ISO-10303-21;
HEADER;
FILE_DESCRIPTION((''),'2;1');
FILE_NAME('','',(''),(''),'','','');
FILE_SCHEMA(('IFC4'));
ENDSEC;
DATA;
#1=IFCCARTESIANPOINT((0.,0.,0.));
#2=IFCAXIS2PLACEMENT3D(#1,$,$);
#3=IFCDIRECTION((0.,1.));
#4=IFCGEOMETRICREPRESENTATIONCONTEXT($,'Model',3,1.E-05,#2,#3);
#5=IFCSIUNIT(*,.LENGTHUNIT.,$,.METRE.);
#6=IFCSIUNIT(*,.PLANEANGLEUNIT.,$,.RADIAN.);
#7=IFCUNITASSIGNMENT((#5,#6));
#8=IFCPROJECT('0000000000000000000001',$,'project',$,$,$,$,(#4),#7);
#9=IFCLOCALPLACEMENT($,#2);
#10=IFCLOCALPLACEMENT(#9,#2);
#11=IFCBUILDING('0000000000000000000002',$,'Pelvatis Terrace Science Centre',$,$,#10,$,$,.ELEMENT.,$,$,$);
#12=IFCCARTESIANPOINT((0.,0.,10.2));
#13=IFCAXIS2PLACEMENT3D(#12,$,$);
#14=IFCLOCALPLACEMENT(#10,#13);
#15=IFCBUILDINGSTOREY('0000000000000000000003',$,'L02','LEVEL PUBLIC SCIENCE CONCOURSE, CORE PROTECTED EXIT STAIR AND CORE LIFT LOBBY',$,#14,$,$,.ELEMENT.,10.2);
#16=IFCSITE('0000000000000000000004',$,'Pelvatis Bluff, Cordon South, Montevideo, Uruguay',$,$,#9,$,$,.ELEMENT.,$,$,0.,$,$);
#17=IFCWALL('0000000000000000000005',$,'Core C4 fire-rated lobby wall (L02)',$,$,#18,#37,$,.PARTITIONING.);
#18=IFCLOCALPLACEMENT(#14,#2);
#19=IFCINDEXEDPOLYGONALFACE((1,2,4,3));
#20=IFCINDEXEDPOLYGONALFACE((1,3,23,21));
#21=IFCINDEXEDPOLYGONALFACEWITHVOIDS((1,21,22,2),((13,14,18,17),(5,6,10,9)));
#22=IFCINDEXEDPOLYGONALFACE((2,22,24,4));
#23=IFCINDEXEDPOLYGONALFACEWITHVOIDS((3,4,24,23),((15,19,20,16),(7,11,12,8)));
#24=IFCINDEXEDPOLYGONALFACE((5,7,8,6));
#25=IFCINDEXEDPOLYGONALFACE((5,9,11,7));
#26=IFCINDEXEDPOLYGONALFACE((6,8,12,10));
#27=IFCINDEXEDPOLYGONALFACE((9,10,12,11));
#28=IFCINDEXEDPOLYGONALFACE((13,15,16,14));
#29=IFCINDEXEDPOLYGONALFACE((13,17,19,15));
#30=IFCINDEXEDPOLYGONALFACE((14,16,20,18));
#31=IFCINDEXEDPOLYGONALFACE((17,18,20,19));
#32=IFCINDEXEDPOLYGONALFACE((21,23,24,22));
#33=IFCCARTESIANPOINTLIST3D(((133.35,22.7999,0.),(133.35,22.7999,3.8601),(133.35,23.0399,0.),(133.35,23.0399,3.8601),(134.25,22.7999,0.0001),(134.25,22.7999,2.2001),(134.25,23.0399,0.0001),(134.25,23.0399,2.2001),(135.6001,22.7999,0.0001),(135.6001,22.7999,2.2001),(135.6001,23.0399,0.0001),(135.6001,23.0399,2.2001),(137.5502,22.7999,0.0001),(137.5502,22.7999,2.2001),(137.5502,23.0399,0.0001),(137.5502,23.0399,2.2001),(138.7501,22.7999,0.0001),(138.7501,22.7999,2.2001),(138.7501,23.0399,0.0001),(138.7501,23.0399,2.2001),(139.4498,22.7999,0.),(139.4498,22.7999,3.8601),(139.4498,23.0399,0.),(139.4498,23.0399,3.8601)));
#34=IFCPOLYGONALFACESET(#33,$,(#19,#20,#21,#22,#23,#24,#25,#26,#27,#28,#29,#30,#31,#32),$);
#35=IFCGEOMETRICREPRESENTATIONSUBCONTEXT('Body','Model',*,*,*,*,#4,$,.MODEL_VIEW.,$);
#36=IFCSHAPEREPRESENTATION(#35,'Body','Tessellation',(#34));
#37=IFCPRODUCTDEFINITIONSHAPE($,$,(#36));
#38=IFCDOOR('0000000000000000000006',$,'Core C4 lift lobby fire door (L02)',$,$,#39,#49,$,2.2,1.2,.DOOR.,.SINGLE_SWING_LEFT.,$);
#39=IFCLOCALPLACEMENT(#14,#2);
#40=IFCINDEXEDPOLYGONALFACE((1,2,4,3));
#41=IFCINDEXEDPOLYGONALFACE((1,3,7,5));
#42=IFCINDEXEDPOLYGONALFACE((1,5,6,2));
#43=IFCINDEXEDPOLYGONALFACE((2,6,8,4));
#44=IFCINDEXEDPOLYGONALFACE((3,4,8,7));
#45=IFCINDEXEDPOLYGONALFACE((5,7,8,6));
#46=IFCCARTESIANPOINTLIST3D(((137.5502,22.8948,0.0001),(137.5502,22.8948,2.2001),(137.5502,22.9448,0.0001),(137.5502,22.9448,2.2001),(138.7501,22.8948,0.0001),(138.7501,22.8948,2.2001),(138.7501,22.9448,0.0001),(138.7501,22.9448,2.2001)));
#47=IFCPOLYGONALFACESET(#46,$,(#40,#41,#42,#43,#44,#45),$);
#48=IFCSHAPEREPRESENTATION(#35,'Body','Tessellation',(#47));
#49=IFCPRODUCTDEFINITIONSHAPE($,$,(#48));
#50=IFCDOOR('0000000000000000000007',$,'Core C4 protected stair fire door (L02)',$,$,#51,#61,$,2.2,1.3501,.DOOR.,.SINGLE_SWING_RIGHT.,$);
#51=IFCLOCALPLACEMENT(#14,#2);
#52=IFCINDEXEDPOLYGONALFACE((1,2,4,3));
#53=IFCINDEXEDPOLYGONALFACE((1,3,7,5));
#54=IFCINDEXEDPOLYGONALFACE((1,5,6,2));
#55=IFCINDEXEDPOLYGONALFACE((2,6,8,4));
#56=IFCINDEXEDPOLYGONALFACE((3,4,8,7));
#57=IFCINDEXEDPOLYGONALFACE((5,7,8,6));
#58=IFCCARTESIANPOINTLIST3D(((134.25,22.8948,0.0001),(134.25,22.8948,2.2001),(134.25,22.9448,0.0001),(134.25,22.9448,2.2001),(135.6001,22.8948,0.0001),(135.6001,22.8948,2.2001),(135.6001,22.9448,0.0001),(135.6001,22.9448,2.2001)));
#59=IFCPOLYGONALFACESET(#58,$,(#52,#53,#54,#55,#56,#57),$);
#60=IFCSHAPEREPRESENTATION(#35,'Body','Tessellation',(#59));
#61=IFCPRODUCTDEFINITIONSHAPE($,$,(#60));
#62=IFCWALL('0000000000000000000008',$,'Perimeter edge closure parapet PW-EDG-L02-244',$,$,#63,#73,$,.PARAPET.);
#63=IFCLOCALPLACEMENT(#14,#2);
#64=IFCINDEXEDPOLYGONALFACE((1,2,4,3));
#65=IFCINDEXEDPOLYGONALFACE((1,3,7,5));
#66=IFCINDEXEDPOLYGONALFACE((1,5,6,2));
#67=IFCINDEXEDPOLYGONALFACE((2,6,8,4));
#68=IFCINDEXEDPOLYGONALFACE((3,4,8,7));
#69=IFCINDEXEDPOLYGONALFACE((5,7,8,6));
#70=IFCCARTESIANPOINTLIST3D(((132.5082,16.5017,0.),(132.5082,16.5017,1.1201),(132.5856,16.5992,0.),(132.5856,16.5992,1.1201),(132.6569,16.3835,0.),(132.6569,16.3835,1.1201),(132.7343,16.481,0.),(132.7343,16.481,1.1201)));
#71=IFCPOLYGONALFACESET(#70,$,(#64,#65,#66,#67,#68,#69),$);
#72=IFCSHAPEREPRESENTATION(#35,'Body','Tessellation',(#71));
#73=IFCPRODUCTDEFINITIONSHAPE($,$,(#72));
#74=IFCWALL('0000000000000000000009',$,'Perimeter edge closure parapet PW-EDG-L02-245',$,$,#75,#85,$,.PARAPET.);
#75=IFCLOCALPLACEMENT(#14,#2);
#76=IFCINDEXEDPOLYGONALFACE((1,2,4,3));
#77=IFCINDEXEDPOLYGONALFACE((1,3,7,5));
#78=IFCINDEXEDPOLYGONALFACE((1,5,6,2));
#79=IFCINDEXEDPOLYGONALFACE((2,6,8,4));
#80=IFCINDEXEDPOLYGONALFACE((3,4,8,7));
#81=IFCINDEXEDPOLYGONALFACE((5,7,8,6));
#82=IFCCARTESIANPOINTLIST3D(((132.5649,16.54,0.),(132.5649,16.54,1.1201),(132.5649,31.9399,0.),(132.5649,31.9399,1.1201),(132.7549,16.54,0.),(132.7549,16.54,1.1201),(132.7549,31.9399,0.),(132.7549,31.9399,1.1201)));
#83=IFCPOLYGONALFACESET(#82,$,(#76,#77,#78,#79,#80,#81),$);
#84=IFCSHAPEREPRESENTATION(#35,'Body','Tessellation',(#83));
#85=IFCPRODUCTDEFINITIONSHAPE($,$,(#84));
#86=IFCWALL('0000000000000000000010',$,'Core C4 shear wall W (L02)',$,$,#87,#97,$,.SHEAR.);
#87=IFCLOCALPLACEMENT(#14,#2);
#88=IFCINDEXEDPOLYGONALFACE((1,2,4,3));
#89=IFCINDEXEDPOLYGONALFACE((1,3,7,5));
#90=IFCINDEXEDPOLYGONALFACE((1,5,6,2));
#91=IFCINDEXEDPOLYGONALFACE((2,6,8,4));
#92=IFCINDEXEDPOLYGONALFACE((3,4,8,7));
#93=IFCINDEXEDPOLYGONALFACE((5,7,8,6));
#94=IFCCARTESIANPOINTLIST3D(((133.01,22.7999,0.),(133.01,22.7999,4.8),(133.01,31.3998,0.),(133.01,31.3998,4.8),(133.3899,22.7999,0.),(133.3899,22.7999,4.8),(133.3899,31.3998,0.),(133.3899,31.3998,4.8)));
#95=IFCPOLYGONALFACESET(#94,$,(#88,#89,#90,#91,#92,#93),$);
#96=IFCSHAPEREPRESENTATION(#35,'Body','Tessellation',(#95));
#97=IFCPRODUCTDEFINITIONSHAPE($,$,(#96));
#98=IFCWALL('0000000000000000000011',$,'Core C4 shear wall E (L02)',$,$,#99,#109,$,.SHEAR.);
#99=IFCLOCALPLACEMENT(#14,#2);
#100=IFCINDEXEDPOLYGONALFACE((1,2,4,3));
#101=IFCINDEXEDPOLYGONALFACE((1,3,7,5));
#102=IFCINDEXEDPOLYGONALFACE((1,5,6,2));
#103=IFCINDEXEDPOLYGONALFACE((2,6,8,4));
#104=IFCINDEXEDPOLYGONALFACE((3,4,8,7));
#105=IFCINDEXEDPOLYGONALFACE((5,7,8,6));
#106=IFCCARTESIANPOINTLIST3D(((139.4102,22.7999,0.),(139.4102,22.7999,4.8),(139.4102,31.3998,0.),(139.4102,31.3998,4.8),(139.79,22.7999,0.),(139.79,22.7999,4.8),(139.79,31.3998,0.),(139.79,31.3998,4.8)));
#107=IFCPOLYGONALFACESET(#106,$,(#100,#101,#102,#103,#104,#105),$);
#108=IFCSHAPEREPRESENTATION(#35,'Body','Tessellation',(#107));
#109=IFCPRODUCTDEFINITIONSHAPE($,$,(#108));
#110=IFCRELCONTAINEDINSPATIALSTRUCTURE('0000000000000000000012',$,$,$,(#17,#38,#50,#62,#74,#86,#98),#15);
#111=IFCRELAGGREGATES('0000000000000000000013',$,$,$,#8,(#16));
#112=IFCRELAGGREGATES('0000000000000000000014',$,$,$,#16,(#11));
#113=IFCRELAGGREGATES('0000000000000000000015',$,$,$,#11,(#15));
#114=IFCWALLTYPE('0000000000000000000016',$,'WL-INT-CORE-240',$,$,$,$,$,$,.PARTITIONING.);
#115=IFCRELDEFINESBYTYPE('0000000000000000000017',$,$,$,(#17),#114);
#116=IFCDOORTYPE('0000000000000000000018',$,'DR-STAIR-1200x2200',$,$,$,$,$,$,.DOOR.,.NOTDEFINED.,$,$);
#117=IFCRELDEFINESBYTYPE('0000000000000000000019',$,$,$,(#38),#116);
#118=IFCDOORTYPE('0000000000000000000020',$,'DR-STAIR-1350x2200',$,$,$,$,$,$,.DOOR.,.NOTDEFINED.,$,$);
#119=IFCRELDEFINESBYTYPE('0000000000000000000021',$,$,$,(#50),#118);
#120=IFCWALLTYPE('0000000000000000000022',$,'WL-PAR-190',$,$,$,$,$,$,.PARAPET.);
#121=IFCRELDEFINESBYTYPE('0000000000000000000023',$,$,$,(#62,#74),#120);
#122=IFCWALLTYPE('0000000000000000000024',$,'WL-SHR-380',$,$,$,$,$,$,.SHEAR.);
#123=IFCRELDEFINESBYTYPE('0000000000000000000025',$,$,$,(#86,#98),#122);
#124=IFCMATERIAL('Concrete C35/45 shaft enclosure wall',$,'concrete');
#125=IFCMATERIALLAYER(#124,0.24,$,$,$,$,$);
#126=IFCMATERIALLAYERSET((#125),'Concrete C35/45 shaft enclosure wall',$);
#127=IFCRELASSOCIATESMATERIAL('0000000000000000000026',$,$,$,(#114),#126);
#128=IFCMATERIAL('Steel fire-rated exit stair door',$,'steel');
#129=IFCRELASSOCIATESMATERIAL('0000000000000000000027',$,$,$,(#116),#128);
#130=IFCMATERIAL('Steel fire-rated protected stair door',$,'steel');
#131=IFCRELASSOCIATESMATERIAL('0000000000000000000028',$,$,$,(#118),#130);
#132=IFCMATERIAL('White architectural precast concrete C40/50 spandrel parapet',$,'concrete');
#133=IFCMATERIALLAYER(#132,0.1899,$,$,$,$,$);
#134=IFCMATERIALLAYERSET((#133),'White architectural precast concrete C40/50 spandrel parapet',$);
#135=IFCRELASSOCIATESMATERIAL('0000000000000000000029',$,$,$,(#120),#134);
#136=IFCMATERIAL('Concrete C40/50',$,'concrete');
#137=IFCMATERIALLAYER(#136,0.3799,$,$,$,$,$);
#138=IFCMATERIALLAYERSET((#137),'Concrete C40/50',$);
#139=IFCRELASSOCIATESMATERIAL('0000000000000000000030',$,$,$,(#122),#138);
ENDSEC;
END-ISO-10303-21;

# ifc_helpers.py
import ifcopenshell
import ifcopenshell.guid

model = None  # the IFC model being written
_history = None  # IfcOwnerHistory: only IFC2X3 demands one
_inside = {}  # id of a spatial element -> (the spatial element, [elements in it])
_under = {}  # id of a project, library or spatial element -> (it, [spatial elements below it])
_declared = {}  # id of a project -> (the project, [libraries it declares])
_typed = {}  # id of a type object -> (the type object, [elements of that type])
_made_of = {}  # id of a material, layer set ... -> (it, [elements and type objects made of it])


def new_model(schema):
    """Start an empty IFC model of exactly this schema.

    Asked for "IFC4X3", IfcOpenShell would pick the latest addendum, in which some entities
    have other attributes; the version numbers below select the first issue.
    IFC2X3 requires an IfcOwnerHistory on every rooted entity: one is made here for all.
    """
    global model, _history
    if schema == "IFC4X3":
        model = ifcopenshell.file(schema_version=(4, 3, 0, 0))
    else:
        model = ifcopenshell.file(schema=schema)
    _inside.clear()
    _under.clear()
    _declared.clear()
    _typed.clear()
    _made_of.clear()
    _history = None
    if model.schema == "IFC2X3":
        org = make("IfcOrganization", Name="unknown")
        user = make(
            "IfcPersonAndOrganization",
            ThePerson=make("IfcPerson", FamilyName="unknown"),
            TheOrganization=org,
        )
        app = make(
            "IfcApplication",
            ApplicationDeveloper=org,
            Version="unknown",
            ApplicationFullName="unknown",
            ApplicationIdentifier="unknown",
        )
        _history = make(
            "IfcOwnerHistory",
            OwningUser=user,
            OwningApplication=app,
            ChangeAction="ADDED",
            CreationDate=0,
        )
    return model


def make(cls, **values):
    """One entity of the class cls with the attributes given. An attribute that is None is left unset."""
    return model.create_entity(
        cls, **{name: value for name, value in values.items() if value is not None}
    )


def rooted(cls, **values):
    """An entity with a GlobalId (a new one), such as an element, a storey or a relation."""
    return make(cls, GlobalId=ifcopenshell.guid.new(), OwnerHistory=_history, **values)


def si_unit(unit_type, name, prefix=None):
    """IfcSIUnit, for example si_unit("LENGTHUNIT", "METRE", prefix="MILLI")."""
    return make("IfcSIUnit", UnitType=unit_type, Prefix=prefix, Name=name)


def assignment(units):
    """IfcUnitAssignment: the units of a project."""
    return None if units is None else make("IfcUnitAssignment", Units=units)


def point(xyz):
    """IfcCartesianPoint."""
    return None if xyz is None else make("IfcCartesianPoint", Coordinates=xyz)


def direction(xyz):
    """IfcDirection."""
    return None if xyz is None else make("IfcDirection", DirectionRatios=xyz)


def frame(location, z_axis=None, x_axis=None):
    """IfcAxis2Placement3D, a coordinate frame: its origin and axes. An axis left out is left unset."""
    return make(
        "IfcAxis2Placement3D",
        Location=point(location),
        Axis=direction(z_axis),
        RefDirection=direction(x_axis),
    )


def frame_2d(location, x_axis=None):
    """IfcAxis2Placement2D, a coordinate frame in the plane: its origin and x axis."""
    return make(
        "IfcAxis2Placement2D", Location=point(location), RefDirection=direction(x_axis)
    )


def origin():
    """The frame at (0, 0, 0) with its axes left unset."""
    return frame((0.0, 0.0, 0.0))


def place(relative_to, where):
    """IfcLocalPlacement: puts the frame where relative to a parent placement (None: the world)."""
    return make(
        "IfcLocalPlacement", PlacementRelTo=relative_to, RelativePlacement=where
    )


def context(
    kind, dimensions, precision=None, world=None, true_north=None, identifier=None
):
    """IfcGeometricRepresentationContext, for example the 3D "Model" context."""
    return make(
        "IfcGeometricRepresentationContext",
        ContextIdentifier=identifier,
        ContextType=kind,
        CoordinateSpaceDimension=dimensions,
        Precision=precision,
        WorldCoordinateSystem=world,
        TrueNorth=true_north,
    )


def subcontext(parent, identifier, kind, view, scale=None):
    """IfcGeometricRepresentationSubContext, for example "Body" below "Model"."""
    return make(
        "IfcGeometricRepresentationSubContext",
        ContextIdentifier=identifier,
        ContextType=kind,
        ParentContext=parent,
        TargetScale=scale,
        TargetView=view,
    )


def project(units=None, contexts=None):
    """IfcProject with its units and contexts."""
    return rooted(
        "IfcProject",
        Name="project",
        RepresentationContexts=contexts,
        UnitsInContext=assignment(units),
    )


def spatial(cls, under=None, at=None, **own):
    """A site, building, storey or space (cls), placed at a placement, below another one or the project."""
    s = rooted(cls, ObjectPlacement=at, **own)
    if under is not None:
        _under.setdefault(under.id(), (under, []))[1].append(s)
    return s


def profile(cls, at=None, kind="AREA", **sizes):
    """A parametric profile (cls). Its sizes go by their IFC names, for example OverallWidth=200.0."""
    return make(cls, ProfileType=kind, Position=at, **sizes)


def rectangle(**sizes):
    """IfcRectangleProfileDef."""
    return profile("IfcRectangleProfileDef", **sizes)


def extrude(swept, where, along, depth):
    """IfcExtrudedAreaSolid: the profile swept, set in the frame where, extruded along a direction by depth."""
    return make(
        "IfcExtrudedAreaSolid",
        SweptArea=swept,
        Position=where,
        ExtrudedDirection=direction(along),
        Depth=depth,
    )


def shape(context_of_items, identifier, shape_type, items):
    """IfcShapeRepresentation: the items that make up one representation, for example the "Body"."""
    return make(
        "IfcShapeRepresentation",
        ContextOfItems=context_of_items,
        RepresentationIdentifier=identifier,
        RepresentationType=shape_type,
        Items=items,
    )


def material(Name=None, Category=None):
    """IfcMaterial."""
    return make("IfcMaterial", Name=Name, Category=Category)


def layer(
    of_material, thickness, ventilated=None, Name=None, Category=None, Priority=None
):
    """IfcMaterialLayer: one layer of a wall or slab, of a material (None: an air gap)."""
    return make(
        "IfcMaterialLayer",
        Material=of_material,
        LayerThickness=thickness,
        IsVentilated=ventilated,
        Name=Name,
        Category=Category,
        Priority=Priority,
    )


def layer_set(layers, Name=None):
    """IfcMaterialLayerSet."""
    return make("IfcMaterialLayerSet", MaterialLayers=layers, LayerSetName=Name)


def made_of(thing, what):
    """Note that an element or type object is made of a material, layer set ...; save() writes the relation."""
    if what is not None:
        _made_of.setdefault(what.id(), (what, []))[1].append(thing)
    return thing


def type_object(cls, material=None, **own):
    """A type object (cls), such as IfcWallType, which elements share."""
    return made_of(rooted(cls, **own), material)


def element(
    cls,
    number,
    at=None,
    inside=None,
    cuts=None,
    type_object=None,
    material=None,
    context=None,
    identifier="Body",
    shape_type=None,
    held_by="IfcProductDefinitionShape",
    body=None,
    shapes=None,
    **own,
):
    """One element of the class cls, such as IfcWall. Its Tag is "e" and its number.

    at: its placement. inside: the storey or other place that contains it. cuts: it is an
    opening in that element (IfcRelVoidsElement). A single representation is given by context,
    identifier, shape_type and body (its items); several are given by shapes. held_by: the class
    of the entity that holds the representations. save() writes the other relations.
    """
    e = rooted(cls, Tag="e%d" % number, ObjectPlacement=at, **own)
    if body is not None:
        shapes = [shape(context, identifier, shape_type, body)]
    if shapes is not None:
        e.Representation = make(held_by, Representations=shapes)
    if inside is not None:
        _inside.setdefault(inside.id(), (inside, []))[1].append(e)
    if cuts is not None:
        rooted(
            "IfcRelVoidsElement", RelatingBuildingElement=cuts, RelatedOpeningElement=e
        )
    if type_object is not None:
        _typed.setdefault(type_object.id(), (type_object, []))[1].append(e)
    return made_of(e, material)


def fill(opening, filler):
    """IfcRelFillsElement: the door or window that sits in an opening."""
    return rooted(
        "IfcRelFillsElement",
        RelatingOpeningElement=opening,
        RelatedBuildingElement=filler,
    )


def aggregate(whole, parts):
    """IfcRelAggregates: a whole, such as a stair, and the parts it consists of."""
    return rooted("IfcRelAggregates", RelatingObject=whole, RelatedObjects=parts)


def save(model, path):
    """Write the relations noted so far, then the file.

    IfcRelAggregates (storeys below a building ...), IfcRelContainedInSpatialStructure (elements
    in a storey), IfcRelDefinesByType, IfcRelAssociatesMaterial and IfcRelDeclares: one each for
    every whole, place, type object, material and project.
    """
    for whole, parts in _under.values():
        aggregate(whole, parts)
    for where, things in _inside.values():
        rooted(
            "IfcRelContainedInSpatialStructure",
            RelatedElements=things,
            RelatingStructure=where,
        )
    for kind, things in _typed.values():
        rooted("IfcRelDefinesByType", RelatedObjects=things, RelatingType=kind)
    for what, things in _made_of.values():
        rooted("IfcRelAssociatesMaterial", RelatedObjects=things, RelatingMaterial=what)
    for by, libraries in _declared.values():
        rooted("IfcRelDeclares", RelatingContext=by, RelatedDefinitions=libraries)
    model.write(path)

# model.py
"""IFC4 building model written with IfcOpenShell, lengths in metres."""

from ifc_helpers import new_model, si_unit, direction, frame, frame_2d, origin, place, context, subcontext, project, spatial, rectangle, extrude, material, layer, layer_set, type_object, element, fill, save


model = new_model("IFC4")

# Units and contexts
model_context = context("Model", 3, precision=1e-05, world=origin(), true_north=direction((0.0, 1.0)))
body_context = subcontext(model_context, "Body", "Model", "MODEL_VIEW")
ifc_project = project(units=[si_unit("LENGTHUNIT", "METRE"), si_unit("PLANEANGLEUNIT", "RADIAN")], contexts=[model_context])

# Site, building, storey
site_placement = place(None, origin())
site = spatial("IfcSite", under=ifc_project, at=site_placement, Name="Pelvatis Bluff, Cordon South, Montevideo, Uruguay", CompositionType="ELEMENT", RefElevation=0.0)
building_placement = place(site_placement, origin())
building = spatial("IfcBuilding", under=site, at=building_placement, Name="Pelvatis Terrace Science Centre", CompositionType="ELEMENT")
storey_placement = place(building_placement, frame((0.0, 0.0, 10.2)))
storey = spatial("IfcBuildingStorey", under=building, at=storey_placement, Name="L02", Description="LEVEL PUBLIC SCIENCE CONCOURSE, CORE PROTECTED EXIT STAIR AND CORE LIFT LOBBY", CompositionType="ELEMENT", Elevation=10.2)

# Wall, openings, doors
ifc_material_1 = material(Name="Concrete C35/45 shaft enclosure wall", Category="concrete")
ifc_layer_1 = layer(ifc_material_1, 0.24)
ifc_layer_set_1 = layer_set([ifc_layer_1], Name="Concrete C35/45 shaft enclosure wall")
wall_type_1 = type_object("IfcWallType", Name="WL-INT-CORE-240", PredefinedType="PARTITIONING", material=ifc_layer_set_1)
wall_1_placement = place(storey_placement, frame((133.3501, 22.9199, 0.0), z_axis=(0.0, 0.0, 1.0), x_axis=(1.0, 0.0, 0.0)))
wall_1 = element("IfcWall", 1, at=wall_1_placement, inside=storey, type_object=wall_type_1, Name="Core C4 fire-rated lobby wall (L02)", PredefinedType="PARTITIONING", context=body_context, shape_type="SweptSolid", body=[
    extrude(rectangle(XDim=6.0999, YDim=0.24, at=frame_2d((3.0498, 0.0))), origin(), (0.0, 0.0, 1.0), 3.8601),
])
opening_1_placement = place(wall_1_placement, frame((0.8999, 0.0, 0.0)))
opening_1 = element("IfcOpeningElement", 2, at=opening_1_placement, cuts=wall_1, PredefinedType="OPENING", context=body_context, shape_type="SweptSolid", body=[
    extrude(rectangle(XDim=1.3501, YDim=2.2, at=frame_2d((0.675, 1.1001))), frame((0.0, 0.1299, 0.0), z_axis=(0.0, -1.0, 0.0), x_axis=(1.0, 0.0, 0.0)), (0.0, 0.0, 1.0), 0.26),
])
opening_2_placement = place(wall_1_placement, frame((4.2, 0.0, 0.0)))
opening_2 = element("IfcOpeningElement", 3, at=opening_2_placement, cuts=wall_1, PredefinedType="OPENING", context=body_context, shape_type="SweptSolid", body=[
    extrude(rectangle(XDim=1.2, YDim=2.2, at=frame_2d((0.6001, 1.1001))), frame((0.0, 0.1299, 0.0), z_axis=(0.0, -1.0, 0.0), x_axis=(1.0, 0.0, 0.0)), (0.0, 0.0, 1.0), 0.26),
])
ifc_material_2 = material(Name="Steel fire-rated exit stair door", Category="steel")
door_type_1 = type_object("IfcDoorType", Name="DR-STAIR-1200x2200", OperationType="NOTDEFINED", PredefinedType="DOOR", material=ifc_material_2)
door_1_placement = place(opening_2_placement, origin())
door_1 = element("IfcDoor", 4, at=door_1_placement, inside=storey, type_object=door_type_1, Name="Core C4 lift lobby fire door (L02)", OperationType="SINGLE_SWING_LEFT", OverallHeight=2.2, OverallWidth=1.2, PredefinedType="DOOR", context=body_context, shape_type="SweptSolid", body=[
    extrude(rectangle(XDim=1.2, YDim=2.2, at=frame_2d((0.6001, 1.1001))), frame((0.0, 0.0249, 0.0), z_axis=(0.0, -1.0, 0.0), x_axis=(1.0, 0.0, 0.0)), (0.0, 0.0, 1.0), 0.05),
])
fill(opening_2, door_1)
ifc_material_3 = material(Name="Steel fire-rated protected stair door", Category="steel")
door_type_2 = type_object("IfcDoorType", Name="DR-STAIR-1350x2200", OperationType="NOTDEFINED", PredefinedType="DOOR", material=ifc_material_3)
door_2_placement = place(opening_1_placement, origin())
door_2 = element("IfcDoor", 5, at=door_2_placement, inside=storey, type_object=door_type_2, Name="Core C4 protected stair fire door (L02)", OperationType="SINGLE_SWING_RIGHT", OverallHeight=2.2, OverallWidth=1.3501, PredefinedType="DOOR", context=body_context, shape_type="SweptSolid", body=[
    extrude(rectangle(XDim=1.3501, YDim=2.2, at=frame_2d((0.675, 1.1001))), frame((0.0, 0.0249, 0.0), z_axis=(0.0, -1.0, 0.0), x_axis=(1.0, 0.0, 0.0)), (0.0, 0.0, 1.0), 0.05),
])
fill(opening_1, door_2)

# Walls
ifc_material_4 = material(Name="White architectural precast concrete C40/50 spandrel parapet", Category="concrete")
ifc_layer_2 = layer(ifc_material_4, 0.1899)
ifc_layer_set_2 = layer_set([ifc_layer_2], Name="White architectural precast concrete C40/50 spandrel parapet")
wall_type_2 = type_object("IfcWallType", Name="WL-PAR-190", PredefinedType="PARAPET", material=ifc_layer_set_2)
wall_2_placement = place(storey_placement, frame((132.5825, 16.4426, 0.0), z_axis=(0.0, 0.0, 1.0), x_axis=(0.622059, 0.78297, 0.0)))
element("IfcWall", 6, at=wall_2_placement, inside=storey, type_object=wall_type_2, Name="Perimeter edge closure parapet PW-EDG-L02-244", PredefinedType="PARAPET", context=body_context, shape_type="SweptSolid", body=[
    extrude(rectangle(XDim=0.1245, YDim=0.1899, at=frame_2d((0.0623, 0.0))), origin(), (0.0, 0.0, 1.0), 1.1201),
])
wall_3_placement = place(storey_placement, frame((132.6599, 16.54, 0.0), z_axis=(0.0, 0.0, 1.0), x_axis=(0.0, 1.0, 0.0)))
element("IfcWall", 7, at=wall_3_placement, inside=storey, type_object=wall_type_2, Name="Perimeter edge closure parapet PW-EDG-L02-245", PredefinedType="PARAPET", context=body_context, shape_type="SweptSolid", body=[
    extrude(rectangle(XDim=15.3999, YDim=0.1899, at=frame_2d((7.7, 0.0))), origin(), (0.0, 0.0, 1.0), 1.1201),
])
ifc_material_5 = material(Name="Concrete C40/50", Category="concrete")
ifc_layer_3 = layer(ifc_material_5, 0.3799)
ifc_layer_set_3 = layer_set([ifc_layer_3], Name="Concrete C40/50")
wall_type_3 = type_object("IfcWallType", Name="WL-SHR-380", PredefinedType="SHEAR", material=ifc_layer_set_3)
for number, where, z_axis, x_axis, name in (
    (8, (133.2, 22.8, 0.0), (0.0, 0.0, 1.0), (0.0, 1.0, 0.0), "Core C4 shear wall W (L02)"),
    (9, (139.6001, 22.8, 0.0), (0.0, 0.0, 1.0), (0.0, 1.0, 0.0), "Core C4 shear wall E (L02)"),
):
    element("IfcWall", number, at=place(storey_placement, frame(where, z_axis=z_axis, x_axis=x_axis)), inside=storey, type_object=wall_type_3, Name=name, PredefinedType="SHEAR", context=body_context, shape_type="SweptSolid", body=[
        extrude(rectangle(XDim=8.5999, YDim=0.3799, at=frame_2d((4.2998, 0.0))), origin(), (0.0, 0.0, 1.0), 4.8),
    ])

save(model, "model.ifc")
